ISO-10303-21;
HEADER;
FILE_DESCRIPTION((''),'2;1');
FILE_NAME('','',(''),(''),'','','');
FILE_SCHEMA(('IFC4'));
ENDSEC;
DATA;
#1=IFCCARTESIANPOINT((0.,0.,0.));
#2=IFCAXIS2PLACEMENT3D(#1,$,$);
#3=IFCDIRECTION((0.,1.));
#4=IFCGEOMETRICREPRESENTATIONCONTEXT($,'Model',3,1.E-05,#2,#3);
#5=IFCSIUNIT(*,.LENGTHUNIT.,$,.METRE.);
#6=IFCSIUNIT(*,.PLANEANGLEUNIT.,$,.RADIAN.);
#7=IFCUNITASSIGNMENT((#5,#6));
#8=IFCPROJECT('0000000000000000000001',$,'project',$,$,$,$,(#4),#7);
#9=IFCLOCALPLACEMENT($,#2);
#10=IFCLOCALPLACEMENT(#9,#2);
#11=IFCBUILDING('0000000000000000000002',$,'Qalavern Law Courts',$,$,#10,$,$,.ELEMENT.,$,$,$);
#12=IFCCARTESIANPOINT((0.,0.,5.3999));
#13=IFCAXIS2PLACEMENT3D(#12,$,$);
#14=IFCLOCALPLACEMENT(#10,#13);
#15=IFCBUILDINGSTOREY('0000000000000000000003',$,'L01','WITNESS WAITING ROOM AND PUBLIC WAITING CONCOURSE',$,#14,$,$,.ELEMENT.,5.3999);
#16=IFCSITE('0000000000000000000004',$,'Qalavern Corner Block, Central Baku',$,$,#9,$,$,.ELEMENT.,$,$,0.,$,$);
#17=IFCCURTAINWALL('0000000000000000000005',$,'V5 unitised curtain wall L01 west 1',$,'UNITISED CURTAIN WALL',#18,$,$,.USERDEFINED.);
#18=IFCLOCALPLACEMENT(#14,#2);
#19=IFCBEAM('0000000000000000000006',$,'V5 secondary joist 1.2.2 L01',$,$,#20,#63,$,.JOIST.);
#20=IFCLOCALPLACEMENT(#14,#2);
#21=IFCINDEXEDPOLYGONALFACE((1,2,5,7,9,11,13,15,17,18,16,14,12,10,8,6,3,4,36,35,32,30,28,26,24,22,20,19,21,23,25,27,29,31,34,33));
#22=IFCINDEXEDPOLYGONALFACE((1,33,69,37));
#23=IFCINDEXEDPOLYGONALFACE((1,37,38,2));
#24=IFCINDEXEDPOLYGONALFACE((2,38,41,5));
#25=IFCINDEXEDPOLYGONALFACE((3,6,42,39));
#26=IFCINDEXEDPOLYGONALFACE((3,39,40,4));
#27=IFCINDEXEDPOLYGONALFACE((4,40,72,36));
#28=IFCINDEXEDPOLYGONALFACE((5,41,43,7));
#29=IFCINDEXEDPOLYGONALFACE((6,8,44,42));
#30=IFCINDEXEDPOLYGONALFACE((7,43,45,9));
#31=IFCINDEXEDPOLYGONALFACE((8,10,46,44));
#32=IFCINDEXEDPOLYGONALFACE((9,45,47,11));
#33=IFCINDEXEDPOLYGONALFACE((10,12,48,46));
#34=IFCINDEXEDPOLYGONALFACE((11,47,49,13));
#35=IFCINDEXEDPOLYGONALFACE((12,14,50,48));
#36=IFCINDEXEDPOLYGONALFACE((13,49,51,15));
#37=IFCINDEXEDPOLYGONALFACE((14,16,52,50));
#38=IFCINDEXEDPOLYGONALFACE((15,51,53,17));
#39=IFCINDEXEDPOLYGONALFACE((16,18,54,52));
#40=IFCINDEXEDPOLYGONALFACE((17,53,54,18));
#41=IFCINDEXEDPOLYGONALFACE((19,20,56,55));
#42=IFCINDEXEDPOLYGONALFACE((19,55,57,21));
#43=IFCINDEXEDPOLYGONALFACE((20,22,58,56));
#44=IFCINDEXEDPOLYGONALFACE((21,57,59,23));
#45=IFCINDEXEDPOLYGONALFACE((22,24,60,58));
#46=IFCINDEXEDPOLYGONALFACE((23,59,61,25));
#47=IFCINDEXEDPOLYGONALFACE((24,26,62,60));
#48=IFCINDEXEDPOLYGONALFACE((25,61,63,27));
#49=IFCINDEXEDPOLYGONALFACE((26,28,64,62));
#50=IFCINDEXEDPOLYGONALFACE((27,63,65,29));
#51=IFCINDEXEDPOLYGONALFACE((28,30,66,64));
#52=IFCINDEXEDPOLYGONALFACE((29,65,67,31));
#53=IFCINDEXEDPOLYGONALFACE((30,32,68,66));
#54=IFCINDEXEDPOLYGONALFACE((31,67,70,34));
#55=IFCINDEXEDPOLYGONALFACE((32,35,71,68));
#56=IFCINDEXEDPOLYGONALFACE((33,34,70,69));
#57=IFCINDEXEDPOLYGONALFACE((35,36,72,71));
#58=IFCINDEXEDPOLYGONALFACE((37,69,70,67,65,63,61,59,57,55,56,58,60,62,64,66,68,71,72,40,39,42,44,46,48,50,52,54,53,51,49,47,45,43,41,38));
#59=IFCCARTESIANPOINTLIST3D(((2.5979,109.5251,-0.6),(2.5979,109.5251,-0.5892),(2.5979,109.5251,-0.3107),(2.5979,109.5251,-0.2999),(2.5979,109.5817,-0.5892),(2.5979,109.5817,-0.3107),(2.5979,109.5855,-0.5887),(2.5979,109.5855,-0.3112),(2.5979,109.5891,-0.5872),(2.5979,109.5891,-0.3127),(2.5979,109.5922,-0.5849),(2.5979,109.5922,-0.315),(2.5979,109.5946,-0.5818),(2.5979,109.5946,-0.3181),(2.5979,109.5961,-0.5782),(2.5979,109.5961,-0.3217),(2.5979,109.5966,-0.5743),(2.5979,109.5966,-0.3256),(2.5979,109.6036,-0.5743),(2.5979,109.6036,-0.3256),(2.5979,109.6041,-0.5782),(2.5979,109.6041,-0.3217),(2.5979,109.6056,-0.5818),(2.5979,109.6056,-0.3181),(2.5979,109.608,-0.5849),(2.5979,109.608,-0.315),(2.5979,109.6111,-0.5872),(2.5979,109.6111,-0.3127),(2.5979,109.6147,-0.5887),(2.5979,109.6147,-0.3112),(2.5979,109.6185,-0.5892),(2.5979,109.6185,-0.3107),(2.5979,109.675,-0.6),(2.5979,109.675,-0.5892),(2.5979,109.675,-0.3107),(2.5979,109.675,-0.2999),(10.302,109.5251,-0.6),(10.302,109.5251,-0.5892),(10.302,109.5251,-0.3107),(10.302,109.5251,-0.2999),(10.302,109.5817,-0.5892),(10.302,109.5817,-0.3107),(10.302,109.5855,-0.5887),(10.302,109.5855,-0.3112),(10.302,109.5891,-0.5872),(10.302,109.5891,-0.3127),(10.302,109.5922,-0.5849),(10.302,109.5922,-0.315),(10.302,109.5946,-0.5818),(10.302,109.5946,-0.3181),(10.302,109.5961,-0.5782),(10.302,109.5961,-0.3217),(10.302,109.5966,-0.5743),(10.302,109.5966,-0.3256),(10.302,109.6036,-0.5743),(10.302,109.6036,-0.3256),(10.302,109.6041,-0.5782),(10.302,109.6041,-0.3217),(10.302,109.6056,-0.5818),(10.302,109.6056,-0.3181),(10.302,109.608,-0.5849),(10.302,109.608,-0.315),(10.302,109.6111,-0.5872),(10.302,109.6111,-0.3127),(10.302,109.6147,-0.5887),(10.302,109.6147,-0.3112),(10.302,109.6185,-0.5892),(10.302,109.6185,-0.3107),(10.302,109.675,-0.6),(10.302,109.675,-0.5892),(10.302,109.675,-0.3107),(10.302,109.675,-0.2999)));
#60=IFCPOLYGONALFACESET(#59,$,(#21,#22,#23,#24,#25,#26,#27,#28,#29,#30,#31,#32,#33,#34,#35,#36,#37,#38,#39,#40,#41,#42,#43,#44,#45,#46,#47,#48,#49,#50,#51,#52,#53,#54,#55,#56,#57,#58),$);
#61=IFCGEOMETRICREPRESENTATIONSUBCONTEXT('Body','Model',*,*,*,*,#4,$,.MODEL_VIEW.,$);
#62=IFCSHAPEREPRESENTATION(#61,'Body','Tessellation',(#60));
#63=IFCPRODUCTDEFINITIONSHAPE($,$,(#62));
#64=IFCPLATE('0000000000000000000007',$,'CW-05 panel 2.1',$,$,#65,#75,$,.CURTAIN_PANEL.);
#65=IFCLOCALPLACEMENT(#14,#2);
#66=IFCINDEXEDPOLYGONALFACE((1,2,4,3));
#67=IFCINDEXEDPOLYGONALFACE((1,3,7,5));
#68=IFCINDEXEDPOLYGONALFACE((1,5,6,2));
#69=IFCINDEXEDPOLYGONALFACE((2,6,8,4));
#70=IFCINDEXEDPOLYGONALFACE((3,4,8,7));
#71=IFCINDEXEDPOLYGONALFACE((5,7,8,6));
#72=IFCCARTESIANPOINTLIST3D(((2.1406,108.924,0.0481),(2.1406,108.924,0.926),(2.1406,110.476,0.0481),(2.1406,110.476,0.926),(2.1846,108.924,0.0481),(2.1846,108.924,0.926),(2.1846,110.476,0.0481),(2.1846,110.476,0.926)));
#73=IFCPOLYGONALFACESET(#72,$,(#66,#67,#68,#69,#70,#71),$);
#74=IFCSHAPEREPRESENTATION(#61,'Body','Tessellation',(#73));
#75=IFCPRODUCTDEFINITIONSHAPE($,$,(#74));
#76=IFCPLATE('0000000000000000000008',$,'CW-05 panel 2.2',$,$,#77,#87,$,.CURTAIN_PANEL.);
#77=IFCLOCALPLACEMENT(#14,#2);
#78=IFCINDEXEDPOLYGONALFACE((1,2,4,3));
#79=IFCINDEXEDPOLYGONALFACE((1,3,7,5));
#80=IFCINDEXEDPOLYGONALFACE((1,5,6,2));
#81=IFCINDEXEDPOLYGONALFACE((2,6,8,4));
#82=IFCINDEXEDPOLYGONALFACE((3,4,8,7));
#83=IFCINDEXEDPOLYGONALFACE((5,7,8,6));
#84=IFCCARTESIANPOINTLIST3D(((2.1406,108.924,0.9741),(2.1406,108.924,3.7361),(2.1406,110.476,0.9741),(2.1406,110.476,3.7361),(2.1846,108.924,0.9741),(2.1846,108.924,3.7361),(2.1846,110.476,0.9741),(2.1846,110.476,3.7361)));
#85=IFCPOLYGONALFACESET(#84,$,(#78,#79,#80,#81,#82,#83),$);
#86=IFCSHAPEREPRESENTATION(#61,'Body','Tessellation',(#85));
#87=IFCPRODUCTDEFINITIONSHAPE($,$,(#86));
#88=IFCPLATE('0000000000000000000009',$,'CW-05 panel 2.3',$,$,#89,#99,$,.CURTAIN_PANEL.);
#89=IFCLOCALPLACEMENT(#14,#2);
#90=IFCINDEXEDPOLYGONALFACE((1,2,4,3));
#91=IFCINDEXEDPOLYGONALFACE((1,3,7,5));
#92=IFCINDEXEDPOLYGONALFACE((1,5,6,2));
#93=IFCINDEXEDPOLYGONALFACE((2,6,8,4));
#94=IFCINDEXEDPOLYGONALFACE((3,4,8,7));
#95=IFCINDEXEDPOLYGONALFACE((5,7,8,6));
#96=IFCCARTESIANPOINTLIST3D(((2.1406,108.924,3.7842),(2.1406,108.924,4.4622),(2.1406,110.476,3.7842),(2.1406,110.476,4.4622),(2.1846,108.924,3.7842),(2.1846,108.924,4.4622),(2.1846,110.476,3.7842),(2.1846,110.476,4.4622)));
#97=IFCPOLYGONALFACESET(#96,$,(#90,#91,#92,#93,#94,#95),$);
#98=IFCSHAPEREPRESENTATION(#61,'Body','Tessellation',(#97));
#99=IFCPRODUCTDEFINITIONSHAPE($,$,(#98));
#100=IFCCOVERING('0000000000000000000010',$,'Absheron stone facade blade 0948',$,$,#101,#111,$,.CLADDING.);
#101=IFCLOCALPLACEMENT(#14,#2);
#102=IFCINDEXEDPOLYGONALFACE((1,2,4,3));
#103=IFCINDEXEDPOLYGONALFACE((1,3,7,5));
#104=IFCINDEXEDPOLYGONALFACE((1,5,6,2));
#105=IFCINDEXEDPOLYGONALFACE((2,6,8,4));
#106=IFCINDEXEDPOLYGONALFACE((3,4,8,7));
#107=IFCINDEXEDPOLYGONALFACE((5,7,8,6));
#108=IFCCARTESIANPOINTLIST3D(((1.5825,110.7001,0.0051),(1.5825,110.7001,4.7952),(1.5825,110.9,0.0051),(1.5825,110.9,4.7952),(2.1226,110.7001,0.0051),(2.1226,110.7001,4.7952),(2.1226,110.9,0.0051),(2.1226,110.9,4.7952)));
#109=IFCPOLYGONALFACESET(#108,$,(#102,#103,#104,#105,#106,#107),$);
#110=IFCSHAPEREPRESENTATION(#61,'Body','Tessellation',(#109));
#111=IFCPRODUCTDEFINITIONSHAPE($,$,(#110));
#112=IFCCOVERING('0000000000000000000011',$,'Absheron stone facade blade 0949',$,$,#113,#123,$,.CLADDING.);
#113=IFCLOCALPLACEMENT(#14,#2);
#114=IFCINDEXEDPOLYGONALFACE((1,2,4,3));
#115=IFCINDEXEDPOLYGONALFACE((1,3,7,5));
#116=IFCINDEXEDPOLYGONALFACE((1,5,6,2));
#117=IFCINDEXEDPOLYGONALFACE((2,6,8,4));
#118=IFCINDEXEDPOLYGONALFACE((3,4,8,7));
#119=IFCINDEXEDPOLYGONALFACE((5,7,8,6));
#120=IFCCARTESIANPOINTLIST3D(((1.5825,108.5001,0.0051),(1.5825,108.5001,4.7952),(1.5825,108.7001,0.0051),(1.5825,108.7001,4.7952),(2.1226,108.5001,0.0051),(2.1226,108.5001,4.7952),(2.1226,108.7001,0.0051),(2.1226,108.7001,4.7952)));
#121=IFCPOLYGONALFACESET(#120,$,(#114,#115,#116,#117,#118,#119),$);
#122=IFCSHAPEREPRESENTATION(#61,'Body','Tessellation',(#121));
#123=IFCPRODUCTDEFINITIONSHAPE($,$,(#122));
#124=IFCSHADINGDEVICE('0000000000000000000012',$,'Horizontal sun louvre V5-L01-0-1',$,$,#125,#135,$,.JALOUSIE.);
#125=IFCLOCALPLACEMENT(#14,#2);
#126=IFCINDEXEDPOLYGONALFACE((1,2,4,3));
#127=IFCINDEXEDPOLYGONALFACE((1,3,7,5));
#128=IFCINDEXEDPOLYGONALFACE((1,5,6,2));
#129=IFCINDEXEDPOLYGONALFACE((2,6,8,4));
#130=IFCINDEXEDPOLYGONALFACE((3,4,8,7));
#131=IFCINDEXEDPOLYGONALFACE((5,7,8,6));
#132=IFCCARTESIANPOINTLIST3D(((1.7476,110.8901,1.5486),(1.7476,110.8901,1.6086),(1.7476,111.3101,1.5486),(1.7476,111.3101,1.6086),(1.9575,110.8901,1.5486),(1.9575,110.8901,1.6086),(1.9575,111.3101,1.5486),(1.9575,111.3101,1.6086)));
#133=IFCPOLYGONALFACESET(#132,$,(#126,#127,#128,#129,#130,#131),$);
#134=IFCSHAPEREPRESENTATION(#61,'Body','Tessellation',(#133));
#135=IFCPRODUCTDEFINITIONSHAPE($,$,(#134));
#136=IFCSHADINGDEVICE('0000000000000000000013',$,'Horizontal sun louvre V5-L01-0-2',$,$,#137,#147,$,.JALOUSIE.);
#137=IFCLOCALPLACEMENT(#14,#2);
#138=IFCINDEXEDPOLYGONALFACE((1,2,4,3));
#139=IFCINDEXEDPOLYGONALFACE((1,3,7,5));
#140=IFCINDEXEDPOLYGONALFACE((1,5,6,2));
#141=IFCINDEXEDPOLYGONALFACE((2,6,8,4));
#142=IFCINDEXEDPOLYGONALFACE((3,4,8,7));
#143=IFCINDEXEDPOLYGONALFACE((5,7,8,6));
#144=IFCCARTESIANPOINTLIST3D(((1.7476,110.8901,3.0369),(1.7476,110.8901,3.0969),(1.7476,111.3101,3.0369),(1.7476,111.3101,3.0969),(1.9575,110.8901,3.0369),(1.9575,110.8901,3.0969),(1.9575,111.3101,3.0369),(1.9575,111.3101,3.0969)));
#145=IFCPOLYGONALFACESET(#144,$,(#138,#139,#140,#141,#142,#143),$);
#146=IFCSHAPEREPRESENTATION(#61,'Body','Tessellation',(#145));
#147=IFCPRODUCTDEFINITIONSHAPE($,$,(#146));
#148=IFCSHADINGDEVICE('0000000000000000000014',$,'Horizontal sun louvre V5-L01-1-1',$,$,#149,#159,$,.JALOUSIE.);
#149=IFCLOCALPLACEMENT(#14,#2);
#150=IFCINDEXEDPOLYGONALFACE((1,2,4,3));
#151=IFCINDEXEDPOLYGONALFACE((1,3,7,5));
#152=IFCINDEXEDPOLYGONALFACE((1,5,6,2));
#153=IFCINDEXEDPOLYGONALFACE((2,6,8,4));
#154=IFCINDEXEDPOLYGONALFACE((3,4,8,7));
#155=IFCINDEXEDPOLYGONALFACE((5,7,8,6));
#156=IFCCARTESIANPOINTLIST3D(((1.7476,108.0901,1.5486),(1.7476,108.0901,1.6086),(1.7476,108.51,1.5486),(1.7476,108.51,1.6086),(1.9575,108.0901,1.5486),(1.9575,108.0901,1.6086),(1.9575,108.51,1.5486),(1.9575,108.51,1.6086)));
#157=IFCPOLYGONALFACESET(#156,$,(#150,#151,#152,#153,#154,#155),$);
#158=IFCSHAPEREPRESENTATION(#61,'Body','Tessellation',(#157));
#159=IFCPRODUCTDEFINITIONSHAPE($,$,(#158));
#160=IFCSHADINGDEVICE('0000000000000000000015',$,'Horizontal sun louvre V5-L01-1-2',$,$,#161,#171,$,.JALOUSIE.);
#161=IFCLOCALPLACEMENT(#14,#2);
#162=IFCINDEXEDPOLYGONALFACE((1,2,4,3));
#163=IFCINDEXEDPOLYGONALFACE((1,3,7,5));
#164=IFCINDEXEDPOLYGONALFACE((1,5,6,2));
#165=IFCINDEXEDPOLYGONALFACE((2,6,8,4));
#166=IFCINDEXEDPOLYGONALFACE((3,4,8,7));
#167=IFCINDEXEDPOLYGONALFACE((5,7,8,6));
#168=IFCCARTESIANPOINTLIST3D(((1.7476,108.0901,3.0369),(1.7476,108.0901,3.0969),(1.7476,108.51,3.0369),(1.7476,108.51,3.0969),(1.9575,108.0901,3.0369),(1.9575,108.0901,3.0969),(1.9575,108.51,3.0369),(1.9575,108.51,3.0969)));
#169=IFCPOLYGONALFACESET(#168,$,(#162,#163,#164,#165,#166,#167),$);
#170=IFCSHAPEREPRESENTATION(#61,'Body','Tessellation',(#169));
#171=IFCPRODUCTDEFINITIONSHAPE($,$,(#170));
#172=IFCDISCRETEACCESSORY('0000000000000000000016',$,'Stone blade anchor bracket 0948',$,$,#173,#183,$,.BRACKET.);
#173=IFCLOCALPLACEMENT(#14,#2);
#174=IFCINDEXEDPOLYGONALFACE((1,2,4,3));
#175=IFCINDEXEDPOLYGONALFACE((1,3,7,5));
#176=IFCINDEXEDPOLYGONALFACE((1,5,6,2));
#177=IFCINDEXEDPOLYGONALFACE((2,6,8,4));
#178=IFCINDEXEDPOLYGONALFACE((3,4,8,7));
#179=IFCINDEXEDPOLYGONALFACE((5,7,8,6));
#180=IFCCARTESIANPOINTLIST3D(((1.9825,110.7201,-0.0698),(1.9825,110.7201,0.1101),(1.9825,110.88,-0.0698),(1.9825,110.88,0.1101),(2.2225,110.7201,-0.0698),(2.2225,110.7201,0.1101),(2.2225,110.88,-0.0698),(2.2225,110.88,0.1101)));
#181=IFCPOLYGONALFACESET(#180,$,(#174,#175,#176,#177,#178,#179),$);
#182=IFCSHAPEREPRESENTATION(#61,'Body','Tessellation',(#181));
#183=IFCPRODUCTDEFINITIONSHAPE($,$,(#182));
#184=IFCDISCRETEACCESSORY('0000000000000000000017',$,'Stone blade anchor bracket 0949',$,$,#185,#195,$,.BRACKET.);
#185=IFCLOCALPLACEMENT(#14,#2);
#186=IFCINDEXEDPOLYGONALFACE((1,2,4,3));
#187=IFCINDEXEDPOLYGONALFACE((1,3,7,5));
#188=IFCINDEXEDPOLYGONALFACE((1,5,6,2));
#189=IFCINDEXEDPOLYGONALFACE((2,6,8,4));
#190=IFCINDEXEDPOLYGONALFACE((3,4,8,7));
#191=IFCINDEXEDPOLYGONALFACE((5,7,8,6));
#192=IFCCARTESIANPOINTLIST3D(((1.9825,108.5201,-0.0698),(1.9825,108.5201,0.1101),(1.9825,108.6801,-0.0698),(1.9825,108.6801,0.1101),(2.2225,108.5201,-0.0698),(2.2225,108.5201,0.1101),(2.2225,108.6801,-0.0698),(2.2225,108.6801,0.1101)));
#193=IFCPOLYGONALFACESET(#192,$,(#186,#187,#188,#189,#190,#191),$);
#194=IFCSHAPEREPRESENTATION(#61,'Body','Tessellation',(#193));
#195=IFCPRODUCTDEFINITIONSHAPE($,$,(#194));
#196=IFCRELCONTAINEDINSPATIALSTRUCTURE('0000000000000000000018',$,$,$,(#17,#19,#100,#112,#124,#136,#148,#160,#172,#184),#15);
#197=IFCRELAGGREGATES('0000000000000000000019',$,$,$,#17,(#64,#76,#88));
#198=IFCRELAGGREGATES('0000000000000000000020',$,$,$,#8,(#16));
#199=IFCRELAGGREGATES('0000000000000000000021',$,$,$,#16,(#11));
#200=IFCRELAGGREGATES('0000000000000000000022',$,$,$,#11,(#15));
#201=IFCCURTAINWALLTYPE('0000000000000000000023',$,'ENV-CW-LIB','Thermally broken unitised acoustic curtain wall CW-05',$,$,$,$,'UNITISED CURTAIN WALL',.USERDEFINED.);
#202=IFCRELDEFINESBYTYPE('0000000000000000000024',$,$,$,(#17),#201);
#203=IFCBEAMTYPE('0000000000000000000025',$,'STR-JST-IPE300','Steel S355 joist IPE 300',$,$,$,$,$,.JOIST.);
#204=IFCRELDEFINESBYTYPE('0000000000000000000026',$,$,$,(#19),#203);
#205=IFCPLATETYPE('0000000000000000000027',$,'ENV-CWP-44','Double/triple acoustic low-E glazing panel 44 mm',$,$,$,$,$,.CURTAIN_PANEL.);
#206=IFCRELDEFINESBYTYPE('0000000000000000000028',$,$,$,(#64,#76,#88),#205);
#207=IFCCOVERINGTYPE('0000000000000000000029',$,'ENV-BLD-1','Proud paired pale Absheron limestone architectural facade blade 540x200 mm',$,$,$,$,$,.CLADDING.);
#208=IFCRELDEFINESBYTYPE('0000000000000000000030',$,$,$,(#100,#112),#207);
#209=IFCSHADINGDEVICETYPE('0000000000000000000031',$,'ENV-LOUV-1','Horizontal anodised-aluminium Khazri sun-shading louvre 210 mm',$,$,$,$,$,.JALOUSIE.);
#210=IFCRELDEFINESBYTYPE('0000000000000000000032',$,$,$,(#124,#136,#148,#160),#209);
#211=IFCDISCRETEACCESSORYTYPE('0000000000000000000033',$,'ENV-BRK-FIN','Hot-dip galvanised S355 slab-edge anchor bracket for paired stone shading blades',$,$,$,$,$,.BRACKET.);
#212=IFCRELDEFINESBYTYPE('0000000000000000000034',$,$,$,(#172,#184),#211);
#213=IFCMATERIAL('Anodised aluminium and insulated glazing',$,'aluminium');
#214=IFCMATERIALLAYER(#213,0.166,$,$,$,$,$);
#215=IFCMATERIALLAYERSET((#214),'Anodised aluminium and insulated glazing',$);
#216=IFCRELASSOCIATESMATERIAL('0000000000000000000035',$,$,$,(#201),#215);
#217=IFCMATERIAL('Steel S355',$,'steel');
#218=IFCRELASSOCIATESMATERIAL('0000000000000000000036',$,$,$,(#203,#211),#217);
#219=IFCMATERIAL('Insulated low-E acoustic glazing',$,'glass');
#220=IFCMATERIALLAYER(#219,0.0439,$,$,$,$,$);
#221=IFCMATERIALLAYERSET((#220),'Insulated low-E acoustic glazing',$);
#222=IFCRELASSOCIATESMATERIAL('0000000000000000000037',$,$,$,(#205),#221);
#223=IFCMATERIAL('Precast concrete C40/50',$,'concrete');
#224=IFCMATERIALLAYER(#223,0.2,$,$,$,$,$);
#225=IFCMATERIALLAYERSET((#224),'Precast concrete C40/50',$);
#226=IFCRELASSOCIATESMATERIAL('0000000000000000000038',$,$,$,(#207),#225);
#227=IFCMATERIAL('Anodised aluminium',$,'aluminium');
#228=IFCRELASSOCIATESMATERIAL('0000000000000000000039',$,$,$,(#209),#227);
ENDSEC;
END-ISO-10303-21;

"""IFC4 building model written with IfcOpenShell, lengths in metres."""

from ifc_helpers import new_model, si_unit, direction, frame, origin, origin_2d, place, context, subcontext, project, spatial, rectangle, i_section, extrude, material, layer, layer_set, material_profile, profile_set, type_object, element, aggregate, save


model = new_model("IFC4")

# Units and contexts
model_context = context("Model", 3, precision=1e-05, world=origin(), true_north=direction((0.0, 1.0)))
body_context = subcontext(model_context, "Body", "Model", "MODEL_VIEW")
ifc_project = project(units=[si_unit("LENGTHUNIT", "METRE"), si_unit("PLANEANGLEUNIT", "RADIAN")], contexts=[model_context])

# Site, building, storey
site_placement = place(None, origin())
site = spatial("IfcSite", under=ifc_project, at=site_placement, Name="Qalavern Corner Block, Central Baku", CompositionType="ELEMENT", RefElevation=0.0)
building_placement = place(site_placement, origin())
building = spatial("IfcBuilding", under=site, at=building_placement, Name="Qalavern Law Courts", CompositionType="ELEMENT")
storey_placement = place(building_placement, frame((0.0, 0.0, 5.3999)))
storey = spatial("IfcBuildingStorey", under=building, at=storey_placement, Name="L01", Description="WITNESS WAITING ROOM AND PUBLIC WAITING CONCOURSE", CompositionType="ELEMENT", Elevation=5.3999)

# Curtain wall
ifc_material_1 = material(Name="Anodised aluminium and insulated glazing", Category="aluminium")
ifc_layer_1 = layer(ifc_material_1, 0.166)
ifc_layer_set_1 = layer_set([ifc_layer_1], Name="Anodised aluminium and insulated glazing")
curtain_wall_type = type_object("IfcCurtainWallType", Name="ENV-CW-LIB", Description="Thermally broken unitised acoustic curtain wall CW-05", ElementType="UNITISED CURTAIN WALL", PredefinedType="USERDEFINED", material=ifc_layer_set_1)
curtain_wall_placement = place(storey_placement, origin())
curtain_wall = element("IfcCurtainWall", 1, at=curtain_wall_placement, inside=storey, type_object=curtain_wall_type, Name="V5 unitised curtain wall L01 west 1", ObjectType="UNITISED CURTAIN WALL", PredefinedType="USERDEFINED")
ifc_material_2 = material(Name="Anodised aluminium", Category="aluminium")

# Beam
ifc_material_3 = material(Name="Steel S355", Category="steel")
ifc_material_profile_1 = material_profile(ifc_material_3, i_section(OverallWidth=0.1499, OverallDepth=0.3, WebThickness=0.0071, FlangeThickness=0.0107, FilletRadius=0.0149, at=origin_2d()), Name="IPE 300")
ifc_profile_set_1 = profile_set([ifc_material_profile_1], Name="Steel S355")
beam_type = type_object("IfcBeamType", Name="STR-JST-IPE300", Description="Steel S355 joist IPE 300", PredefinedType="JOIST", material=ifc_profile_set_1)
beam_placement = place(storey_placement, frame((2.5979, 109.6001, -0.45), z_axis=(1.0, 0.0, 0.0), x_axis=(0.0, 1.0, 0.0)))
element("IfcBeam", 2, at=beam_placement, inside=storey, type_object=beam_type, Name="V5 secondary joist 1.2.2 L01", PredefinedType="JOIST", context=body_context, shape_type="SweptSolid", body=[
    extrude(i_section(OverallWidth=0.1499, OverallDepth=0.3, WebThickness=0.0071, FlangeThickness=0.0107, FilletRadius=0.0149, at=origin_2d()), origin(), (0.0, 0.0, 1.0), 7.7041),
])

# Plates
ifc_material_4 = material(Name="Insulated low-E acoustic glazing", Category="glass")
ifc_layer_2 = layer(ifc_material_4, 0.0439)
ifc_layer_set_2 = layer_set([ifc_layer_2], Name="Insulated low-E acoustic glazing")
plate_type = type_object("IfcPlateType", Name="ENV-CWP-44", Description="Double/triple acoustic low-E glazing panel 44 mm", PredefinedType="CURTAIN_PANEL", material=ifc_layer_set_2)
plate_1_placement = place(storey_placement, frame((2.1626, 109.7, 0.0481), z_axis=(0.0, 0.0, 1.0), x_axis=(0.0, -1.0, 0.0)))
plate_1 = element("IfcPlate", 3, at=plate_1_placement, type_object=plate_type, Name="CW-05 panel 2.1", PredefinedType="CURTAIN_PANEL", context=body_context, shape_type="SweptSolid", body=[
    extrude(rectangle(XDim=1.552, YDim=0.0439, at=origin_2d()), origin(), (0.0, 0.0, 1.0), 0.8779),
])
plate_2_placement = place(storey_placement, frame((2.1626, 109.7, 0.9741), z_axis=(0.0, 0.0, 1.0), x_axis=(0.0, -1.0, 0.0)))
plate_2 = element("IfcPlate", 4, at=plate_2_placement, type_object=plate_type, Name="CW-05 panel 2.2", PredefinedType="CURTAIN_PANEL", context=body_context, shape_type="SweptSolid", body=[
    extrude(rectangle(XDim=1.552, YDim=0.0439, at=origin_2d()), origin(), (0.0, 0.0, 1.0), 2.762),
])
plate_3_placement = place(storey_placement, frame((2.1626, 109.7, 3.7842), z_axis=(0.0, 0.0, 1.0), x_axis=(0.0, -1.0, 0.0)))
plate_3 = element("IfcPlate", 5, at=plate_3_placement, type_object=plate_type, Name="CW-05 panel 2.3", PredefinedType="CURTAIN_PANEL", context=body_context, shape_type="SweptSolid", body=[
    extrude(rectangle(XDim=1.552, YDim=0.0439, at=origin_2d()), origin(), (0.0, 0.0, 1.0), 0.678),
])
aggregate(curtain_wall, [plate_1, plate_2, plate_3])

# Coverings
ifc_material_5 = material(Name="Precast concrete C40/50", Category="concrete")
ifc_layer_3 = layer(ifc_material_5, 0.2)
ifc_layer_set_3 = layer_set([ifc_layer_3], Name="Precast concrete C40/50")
covering_type = type_object("IfcCoveringType", Name="ENV-BLD-1", Description="Proud paired pale Absheron limestone architectural facade blade 540x200 mm", PredefinedType="CLADDING", material=ifc_layer_set_3)
for number, where, z_axis, x_axis, name in (
    (6, (1.8525, 110.8, 0.0051), (0.0, 0.0, 1.0), (-1.0, 0.0, 0.0), "Absheron stone facade blade 0948"),
    (7, (1.8525, 108.6001, 0.0051), (0.0, 0.0, 1.0), (-1.0, 0.0, 0.0), "Absheron stone facade blade 0949"),
):
    element("IfcCovering", number, at=place(storey_placement, frame(where, z_axis=z_axis, x_axis=x_axis)), inside=storey, type_object=covering_type, Name=name, PredefinedType="CLADDING", context=body_context, shape_type="SweptSolid", body=[
        extrude(rectangle(XDim=0.54, YDim=0.2, at=origin_2d()), origin(), (0.0, 0.0, 1.0), 4.79),
    ])

# Shading devices
shading_device_type = type_object("IfcShadingDeviceType", Name="ENV-LOUV-1", Description="Horizontal anodised-aluminium Khazri sun-shading louvre 210 mm", PredefinedType="JALOUSIE", material=ifc_material_2)
for number, where, z_axis, x_axis, name in (
    (8, (1.8525, 111.1001, 1.5486), (0.0, 0.0, 1.0), (0.0, -1.0, 0.0), "Horizontal sun louvre V5-L01-0-1"),
    (9, (1.8525, 111.1001, 3.0369), (0.0, 0.0, 1.0), (0.0, -1.0, 0.0), "Horizontal sun louvre V5-L01-0-2"),
    (10, (1.8525, 108.3, 1.5486), (0.0, 0.0, 1.0), (0.0, -1.0, 0.0), "Horizontal sun louvre V5-L01-1-1"),
    (11, (1.8525, 108.3, 3.0369), (0.0, 0.0, 1.0), (0.0, -1.0, 0.0), "Horizontal sun louvre V5-L01-1-2"),
):
    element("IfcShadingDevice", number, at=place(storey_placement, frame(where, z_axis=z_axis, x_axis=x_axis)), inside=storey, type_object=shading_device_type, Name=name, PredefinedType="JALOUSIE", context=body_context, shape_type="SweptSolid", body=[
        extrude(rectangle(XDim=0.4199, YDim=0.21, at=origin_2d()), origin(), (0.0, 0.0, 1.0), 0.0601),
    ])

# Discrete accessories
discrete_accessory_type = type_object("IfcDiscreteAccessoryType", Name="ENV-BRK-FIN", Description="Hot-dip galvanised S355 slab-edge anchor bracket for paired stone shading blades", PredefinedType="BRACKET", material=ifc_material_3)
for number, where, z_axis, x_axis, name in (
    (12, (2.1025, 110.8, -0.0698), (0.0, 0.0, 1.0), (-1.0, 0.0, 0.0), "Stone blade anchor bracket 0948"),
    (13, (2.1025, 108.6001, -0.0698), (0.0, 0.0, 1.0), (-1.0, 0.0, 0.0), "Stone blade anchor bracket 0949"),
):
    element("IfcDiscreteAccessory", number, at=place(storey_placement, frame(where, z_axis=z_axis, x_axis=x_axis)), inside=storey, type_object=discrete_accessory_type, Name=name, PredefinedType="BRACKET", context=body_context, shape_type="SweptSolid", body=[
        extrude(rectangle(XDim=0.24, YDim=0.1599, at=origin_2d()), origin(), (0.0, 0.0, 1.0), 0.1799),
    ])

save(model, "model.ifc")
